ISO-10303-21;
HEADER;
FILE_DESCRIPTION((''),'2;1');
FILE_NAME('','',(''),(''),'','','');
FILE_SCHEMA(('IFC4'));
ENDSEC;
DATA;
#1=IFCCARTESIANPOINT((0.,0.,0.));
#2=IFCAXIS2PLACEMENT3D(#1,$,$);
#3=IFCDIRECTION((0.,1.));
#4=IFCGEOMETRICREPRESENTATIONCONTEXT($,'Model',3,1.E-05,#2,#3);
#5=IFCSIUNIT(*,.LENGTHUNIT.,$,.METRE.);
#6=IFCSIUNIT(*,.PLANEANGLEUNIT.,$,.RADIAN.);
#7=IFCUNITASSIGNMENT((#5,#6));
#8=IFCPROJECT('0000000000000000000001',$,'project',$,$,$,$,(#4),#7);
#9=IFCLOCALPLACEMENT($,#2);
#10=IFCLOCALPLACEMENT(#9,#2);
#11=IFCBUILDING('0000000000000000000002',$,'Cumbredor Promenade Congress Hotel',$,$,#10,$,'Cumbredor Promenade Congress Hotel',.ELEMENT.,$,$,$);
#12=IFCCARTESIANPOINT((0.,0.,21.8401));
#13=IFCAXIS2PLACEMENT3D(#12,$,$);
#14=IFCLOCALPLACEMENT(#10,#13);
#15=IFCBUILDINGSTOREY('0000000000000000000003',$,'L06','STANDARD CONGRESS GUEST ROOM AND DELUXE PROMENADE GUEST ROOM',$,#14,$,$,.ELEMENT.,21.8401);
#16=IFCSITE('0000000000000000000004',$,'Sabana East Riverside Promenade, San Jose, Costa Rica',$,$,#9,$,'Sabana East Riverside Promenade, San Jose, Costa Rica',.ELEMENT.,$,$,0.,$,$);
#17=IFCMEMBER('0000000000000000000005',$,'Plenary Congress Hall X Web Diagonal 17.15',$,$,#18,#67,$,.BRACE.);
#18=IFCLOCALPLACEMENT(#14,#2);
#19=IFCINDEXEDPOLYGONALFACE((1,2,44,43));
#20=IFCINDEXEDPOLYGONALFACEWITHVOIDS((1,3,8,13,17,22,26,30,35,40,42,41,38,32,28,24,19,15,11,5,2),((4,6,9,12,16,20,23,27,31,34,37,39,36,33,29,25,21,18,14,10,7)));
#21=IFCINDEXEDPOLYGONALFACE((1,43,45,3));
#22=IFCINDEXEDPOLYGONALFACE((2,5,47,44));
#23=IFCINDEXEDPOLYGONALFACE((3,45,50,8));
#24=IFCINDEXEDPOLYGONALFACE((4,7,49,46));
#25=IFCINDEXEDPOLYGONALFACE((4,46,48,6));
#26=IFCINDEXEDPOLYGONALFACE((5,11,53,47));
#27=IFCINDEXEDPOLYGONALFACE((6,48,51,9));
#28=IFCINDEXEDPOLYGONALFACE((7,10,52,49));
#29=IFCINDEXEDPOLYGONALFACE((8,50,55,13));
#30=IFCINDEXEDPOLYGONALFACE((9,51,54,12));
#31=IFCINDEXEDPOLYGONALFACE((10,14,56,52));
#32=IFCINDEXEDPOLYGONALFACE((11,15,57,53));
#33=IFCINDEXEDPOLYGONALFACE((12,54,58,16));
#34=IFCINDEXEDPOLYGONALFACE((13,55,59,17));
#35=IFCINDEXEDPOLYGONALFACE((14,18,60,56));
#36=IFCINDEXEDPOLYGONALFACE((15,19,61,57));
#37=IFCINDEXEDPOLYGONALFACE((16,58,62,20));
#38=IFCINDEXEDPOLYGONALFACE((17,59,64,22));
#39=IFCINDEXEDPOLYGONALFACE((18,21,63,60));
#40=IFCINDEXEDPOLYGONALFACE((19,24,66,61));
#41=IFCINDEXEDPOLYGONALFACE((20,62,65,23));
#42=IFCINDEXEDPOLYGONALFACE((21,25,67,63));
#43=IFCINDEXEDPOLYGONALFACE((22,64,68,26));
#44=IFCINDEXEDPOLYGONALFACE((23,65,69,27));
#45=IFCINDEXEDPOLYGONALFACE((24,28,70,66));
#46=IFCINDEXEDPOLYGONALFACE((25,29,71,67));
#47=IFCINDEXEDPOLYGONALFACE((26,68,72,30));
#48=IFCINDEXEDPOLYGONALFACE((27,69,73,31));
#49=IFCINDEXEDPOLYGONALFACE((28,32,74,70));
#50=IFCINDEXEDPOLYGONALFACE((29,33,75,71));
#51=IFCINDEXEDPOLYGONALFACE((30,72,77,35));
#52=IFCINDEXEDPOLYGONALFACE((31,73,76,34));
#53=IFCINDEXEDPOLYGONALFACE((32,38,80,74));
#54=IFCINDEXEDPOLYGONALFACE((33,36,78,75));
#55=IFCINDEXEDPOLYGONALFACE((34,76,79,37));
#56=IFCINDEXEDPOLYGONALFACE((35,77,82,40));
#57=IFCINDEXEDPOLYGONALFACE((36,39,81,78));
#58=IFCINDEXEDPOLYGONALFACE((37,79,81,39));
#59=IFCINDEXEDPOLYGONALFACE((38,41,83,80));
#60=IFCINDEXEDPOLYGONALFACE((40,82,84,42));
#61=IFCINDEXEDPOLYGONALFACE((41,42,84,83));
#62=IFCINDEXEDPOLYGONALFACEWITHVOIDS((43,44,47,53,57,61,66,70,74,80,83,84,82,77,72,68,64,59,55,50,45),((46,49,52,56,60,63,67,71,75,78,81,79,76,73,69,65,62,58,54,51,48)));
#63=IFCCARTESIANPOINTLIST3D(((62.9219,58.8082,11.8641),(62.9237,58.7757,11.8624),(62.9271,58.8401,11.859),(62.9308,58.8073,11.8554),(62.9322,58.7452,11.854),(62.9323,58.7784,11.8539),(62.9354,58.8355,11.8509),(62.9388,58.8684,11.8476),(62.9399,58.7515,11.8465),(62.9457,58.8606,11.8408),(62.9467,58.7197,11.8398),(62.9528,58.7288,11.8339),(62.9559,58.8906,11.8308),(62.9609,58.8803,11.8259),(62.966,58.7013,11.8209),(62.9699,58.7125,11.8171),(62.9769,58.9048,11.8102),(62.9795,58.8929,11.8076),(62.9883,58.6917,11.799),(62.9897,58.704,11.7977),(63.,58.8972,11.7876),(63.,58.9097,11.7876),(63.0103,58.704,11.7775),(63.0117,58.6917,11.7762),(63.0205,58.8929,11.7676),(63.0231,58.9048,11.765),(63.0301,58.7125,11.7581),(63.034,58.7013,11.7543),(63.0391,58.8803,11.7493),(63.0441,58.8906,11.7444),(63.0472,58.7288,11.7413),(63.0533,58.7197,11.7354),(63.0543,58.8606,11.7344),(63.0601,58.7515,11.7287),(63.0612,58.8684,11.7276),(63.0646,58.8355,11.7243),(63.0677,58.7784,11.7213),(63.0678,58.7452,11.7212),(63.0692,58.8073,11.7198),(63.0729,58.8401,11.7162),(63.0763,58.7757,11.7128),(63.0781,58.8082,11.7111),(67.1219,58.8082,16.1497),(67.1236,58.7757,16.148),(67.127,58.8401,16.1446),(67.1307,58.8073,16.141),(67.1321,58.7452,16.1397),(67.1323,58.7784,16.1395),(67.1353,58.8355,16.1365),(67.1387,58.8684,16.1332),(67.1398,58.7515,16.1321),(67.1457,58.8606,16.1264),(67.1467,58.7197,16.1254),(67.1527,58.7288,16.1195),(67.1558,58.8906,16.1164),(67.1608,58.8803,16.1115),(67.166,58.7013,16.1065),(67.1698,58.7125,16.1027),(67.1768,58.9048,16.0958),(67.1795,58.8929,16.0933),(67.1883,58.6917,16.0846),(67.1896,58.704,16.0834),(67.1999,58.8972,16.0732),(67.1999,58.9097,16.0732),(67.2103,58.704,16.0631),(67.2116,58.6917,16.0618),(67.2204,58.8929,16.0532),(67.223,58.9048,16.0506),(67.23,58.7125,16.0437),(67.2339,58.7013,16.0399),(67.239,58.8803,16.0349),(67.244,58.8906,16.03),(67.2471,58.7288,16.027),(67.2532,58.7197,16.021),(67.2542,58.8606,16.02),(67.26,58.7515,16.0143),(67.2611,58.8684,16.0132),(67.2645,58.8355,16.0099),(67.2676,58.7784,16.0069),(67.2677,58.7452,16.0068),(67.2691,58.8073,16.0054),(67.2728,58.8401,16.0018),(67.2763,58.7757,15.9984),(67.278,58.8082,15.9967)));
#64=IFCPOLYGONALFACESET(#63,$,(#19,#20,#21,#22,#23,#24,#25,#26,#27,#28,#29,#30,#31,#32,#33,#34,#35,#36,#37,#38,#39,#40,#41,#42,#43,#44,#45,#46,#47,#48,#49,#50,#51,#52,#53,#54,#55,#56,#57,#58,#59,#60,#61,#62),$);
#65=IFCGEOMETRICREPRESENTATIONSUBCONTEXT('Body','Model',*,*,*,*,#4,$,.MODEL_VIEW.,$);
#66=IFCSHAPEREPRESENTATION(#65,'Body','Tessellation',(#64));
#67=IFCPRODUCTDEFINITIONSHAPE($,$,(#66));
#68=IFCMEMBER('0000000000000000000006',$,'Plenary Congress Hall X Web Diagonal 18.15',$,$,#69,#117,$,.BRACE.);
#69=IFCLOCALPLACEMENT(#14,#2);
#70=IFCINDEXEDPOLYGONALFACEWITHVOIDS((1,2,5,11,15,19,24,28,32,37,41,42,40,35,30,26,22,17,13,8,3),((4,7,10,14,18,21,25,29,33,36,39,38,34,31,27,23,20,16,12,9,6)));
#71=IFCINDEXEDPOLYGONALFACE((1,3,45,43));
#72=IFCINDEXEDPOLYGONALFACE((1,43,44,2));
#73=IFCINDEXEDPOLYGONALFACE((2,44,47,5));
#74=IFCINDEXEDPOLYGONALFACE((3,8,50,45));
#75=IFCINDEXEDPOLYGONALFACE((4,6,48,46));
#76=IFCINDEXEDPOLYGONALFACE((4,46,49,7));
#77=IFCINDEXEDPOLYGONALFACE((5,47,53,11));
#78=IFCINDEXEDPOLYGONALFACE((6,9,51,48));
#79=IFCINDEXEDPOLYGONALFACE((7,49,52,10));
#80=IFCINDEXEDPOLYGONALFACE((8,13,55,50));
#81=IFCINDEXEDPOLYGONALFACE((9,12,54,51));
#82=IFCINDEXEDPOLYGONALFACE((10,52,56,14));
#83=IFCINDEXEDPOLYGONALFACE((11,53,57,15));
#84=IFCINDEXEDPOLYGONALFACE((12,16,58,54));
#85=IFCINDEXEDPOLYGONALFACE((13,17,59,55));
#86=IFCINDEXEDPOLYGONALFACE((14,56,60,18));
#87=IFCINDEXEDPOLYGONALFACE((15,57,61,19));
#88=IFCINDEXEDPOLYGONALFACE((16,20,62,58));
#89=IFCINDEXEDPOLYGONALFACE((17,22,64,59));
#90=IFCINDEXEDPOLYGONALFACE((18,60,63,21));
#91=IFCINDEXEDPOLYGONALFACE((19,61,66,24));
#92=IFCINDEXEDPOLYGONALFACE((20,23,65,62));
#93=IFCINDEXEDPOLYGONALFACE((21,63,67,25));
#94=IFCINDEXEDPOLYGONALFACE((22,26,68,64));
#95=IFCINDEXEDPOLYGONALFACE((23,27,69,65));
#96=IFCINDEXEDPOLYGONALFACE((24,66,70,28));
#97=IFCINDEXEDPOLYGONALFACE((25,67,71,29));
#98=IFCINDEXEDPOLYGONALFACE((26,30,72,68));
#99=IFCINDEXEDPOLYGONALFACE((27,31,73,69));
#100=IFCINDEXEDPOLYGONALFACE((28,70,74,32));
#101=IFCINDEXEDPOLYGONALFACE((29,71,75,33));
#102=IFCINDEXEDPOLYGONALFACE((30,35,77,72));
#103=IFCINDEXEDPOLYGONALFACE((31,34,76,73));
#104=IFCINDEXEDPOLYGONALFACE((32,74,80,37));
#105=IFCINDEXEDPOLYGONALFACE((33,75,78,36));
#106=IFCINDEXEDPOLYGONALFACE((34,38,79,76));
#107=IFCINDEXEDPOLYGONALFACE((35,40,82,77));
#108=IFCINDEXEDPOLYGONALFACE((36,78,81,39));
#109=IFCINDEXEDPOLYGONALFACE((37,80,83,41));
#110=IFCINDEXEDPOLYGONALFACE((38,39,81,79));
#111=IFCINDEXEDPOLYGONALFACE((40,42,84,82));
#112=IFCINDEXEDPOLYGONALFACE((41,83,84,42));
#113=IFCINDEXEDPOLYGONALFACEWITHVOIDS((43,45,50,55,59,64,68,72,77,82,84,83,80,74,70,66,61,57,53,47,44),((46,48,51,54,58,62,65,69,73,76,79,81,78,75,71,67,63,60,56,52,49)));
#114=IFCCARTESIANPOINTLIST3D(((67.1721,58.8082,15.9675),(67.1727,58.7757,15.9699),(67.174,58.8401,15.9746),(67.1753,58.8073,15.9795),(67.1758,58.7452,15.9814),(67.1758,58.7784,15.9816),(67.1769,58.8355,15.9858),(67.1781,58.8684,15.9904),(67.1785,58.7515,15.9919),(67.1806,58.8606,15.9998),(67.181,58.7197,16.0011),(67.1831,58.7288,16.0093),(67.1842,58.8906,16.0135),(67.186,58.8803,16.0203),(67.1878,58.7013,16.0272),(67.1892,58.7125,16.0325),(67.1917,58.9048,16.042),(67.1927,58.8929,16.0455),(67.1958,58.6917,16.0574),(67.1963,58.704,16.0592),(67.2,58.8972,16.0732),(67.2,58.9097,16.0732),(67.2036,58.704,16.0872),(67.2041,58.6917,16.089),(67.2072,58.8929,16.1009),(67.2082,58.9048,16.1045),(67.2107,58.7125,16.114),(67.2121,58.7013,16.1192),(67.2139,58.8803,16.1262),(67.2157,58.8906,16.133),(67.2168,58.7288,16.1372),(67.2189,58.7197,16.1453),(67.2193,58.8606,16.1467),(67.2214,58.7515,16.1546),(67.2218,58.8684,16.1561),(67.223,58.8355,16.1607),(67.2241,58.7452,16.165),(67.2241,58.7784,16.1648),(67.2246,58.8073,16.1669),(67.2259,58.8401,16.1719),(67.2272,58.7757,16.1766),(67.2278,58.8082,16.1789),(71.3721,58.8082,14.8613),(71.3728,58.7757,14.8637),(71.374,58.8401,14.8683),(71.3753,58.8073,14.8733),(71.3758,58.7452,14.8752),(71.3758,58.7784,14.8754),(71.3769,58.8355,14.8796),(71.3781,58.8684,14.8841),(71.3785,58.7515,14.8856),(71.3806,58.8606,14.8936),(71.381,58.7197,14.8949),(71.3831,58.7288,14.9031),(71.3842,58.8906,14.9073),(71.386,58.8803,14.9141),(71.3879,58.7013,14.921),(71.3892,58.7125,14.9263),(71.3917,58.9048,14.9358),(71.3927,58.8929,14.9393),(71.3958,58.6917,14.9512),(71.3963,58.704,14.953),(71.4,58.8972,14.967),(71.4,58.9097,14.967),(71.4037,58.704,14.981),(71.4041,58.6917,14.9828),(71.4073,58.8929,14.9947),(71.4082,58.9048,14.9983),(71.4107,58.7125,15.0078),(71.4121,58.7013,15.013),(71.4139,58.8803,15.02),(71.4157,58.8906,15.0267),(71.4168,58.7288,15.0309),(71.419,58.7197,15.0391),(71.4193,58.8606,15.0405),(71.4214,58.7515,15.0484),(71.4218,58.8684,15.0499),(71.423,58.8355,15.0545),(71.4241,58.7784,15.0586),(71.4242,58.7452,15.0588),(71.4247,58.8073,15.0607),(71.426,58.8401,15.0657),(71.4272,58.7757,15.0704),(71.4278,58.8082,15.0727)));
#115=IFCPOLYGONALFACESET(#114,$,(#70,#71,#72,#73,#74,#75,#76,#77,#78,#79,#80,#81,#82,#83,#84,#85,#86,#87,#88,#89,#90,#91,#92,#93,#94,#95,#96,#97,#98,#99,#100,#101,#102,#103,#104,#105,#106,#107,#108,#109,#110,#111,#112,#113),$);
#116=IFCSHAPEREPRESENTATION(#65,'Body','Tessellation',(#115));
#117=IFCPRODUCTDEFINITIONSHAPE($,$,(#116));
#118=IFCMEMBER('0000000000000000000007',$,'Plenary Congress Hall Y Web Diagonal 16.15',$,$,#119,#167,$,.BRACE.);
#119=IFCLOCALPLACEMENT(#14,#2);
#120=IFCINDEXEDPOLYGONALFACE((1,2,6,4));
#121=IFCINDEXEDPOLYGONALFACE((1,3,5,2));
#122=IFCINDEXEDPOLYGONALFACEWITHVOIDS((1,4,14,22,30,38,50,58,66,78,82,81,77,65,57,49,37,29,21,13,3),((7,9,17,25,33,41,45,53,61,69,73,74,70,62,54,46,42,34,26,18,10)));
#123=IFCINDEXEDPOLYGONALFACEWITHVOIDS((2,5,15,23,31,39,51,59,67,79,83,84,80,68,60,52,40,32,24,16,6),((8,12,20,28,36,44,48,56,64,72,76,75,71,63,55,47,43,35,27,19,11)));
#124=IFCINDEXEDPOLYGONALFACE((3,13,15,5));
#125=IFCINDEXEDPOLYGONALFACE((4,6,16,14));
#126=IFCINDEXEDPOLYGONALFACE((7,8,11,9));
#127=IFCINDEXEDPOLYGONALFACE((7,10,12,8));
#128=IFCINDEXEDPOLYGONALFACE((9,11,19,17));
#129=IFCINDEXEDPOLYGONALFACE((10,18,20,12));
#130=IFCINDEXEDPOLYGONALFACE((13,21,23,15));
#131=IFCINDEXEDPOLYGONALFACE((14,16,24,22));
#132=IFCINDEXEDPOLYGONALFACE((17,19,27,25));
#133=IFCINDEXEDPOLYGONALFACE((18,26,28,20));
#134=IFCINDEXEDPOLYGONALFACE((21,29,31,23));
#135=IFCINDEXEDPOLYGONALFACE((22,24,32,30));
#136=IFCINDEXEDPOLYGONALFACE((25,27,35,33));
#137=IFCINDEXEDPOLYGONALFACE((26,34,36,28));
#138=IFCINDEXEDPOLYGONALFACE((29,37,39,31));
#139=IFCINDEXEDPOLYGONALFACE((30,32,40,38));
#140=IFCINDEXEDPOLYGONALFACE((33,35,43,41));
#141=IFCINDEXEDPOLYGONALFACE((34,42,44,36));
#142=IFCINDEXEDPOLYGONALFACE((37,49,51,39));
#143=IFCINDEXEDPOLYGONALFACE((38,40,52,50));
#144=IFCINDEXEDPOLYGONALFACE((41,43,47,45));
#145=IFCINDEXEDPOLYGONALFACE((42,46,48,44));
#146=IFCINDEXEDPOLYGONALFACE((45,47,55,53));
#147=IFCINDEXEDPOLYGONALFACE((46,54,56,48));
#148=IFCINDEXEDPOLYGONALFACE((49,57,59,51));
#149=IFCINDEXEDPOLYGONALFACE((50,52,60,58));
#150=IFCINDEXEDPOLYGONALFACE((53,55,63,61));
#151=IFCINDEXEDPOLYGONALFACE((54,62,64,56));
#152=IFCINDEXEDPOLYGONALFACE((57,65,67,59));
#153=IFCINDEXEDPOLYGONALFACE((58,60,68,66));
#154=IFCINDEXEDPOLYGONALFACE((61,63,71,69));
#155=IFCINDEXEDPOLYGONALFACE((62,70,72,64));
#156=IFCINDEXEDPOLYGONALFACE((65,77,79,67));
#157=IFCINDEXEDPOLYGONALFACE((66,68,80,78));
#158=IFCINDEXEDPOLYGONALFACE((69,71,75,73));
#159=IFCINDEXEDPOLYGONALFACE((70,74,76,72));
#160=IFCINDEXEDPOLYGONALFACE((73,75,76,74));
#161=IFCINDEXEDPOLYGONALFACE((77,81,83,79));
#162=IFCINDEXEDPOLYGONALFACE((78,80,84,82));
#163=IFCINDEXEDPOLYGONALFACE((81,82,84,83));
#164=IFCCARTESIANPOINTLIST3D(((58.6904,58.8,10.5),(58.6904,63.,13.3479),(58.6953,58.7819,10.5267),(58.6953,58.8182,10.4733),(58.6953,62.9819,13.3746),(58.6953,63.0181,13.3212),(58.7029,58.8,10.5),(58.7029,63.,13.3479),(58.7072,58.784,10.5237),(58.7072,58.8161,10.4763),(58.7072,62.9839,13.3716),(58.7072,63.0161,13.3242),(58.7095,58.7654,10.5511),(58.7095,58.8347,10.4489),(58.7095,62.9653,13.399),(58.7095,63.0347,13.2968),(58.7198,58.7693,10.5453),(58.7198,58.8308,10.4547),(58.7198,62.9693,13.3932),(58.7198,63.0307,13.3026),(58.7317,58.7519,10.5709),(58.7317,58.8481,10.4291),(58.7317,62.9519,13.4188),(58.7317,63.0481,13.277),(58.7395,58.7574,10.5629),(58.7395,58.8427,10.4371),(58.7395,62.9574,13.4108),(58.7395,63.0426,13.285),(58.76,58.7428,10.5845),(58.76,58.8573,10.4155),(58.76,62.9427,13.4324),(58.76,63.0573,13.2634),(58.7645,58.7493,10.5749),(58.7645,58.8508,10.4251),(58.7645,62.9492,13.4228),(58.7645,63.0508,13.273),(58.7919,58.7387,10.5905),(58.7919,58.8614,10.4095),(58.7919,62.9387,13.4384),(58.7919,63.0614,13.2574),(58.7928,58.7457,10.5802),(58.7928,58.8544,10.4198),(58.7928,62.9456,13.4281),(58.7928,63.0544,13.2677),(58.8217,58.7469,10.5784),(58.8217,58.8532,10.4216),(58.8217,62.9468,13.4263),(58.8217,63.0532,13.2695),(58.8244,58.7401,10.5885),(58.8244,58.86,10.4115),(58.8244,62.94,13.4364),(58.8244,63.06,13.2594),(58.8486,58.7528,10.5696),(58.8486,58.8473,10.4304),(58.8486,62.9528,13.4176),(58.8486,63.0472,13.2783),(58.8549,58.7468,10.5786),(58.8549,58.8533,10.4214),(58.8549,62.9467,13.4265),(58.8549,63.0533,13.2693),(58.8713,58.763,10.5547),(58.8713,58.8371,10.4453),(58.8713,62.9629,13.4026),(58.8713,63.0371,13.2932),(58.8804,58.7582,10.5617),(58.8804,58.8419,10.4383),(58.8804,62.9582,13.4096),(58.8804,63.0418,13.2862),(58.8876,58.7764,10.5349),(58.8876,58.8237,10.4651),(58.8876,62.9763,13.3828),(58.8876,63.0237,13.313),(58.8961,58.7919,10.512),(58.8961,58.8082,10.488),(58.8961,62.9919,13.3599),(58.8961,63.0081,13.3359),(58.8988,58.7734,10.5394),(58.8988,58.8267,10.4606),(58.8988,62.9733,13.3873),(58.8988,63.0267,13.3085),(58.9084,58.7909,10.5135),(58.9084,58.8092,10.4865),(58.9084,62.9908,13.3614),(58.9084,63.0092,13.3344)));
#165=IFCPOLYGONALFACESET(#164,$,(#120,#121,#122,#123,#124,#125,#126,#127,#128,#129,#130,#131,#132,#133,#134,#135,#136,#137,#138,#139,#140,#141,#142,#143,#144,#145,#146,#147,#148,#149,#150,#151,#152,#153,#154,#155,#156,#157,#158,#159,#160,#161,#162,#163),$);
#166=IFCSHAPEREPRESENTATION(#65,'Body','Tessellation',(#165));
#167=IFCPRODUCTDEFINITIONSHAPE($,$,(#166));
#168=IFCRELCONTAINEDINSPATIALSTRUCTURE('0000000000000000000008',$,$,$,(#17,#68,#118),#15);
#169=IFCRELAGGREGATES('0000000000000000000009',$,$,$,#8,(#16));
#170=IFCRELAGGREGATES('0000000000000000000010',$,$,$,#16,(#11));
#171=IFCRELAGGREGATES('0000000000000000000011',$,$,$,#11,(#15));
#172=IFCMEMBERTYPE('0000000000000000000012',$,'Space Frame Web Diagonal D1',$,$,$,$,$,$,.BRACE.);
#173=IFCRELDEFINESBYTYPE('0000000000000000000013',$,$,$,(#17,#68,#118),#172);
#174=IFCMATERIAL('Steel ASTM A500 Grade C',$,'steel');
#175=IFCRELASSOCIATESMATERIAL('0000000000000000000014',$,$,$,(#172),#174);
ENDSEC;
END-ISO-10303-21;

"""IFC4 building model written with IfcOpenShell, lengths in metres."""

from ifc_helpers import new_model, si_unit, direction, frame, origin, origin_2d, place, context, subcontext, project, spatial, hollow_circle, extrude, material, material_profile, profile_set, type_object, element, save


model = new_model("IFC4")

# Units and contexts
model_context = context("Model", 3, precision=1e-05, world=origin(), true_north=direction((0.0, 1.0)))
body_context = subcontext(model_context, "Body", "Model", "MODEL_VIEW")
ifc_project = project(units=[si_unit("LENGTHUNIT", "METRE"), si_unit("PLANEANGLEUNIT", "RADIAN")], contexts=[model_context])

# Site, building, storey
site_placement = place(None, origin())
site = spatial("IfcSite", under=ifc_project, at=site_placement, Name="Sabana East Riverside Promenade, San Jose, Costa Rica", LongName="Sabana East Riverside Promenade, San Jose, Costa Rica", CompositionType="ELEMENT", RefElevation=0.0)
building_placement = place(site_placement, origin())
building = spatial("IfcBuilding", under=site, at=building_placement, Name="Cumbredor Promenade Congress Hotel", LongName="Cumbredor Promenade Congress Hotel", CompositionType="ELEMENT")
storey_placement = place(building_placement, frame((0.0, 0.0, 21.8401)))
storey = spatial("IfcBuildingStorey", under=building, at=storey_placement, Name="L06", Description="STANDARD CONGRESS GUEST ROOM AND DELUXE PROMENADE GUEST ROOM", CompositionType="ELEMENT", Elevation=21.8401)

# Members
ifc_material_1 = material(Name="Steel ASTM A500 Grade C", Category="steel")
ifc_material_profile_1 = material_profile(ifc_material_1, hollow_circle(Radius=0.1096, WallThickness=0.0125, at=origin_2d()), Name="CHS 219.1x12.5")
ifc_profile_set_1 = profile_set([ifc_material_profile_1], Name="Steel ASTM A500 Grade C")
member_type_1 = type_object("IfcMemberType", Name="Space Frame Web Diagonal D1", PredefinedType="BRACE", material=ifc_profile_set_1)
member_1_placement = place(storey_placement, frame((63.0, 58.8, 11.7876), z_axis=(0.69993, 0.0, 0.714211), x_axis=(0.0, 1.0, 0.0)))
element("IfcMember", 1, at=member_1_placement, inside=storey, type_object=member_type_1, Name="Plenary Congress Hall X Web Diagonal 17.15", PredefinedType="BRACE", context=body_context, shape_type="SweptSolid", body=[
    extrude(hollow_circle(Radius=0.1096, WallThickness=0.0125, at=origin_2d()), origin(), (0.0, 0.0, 1.0), 6.0005),
])
member_2_placement = place(storey_placement, frame((67.2, 58.8, 16.0732), z_axis=(0.967021, 0.0, -0.254698), x_axis=(0.0, 1.0, 0.0)))
element("IfcMember", 2, at=member_2_placement, inside=storey, type_object=member_type_1, Name="Plenary Congress Hall X Web Diagonal 18.15", PredefinedType="BRACE", context=body_context, shape_type="SweptSolid", body=[
    extrude(hollow_circle(Radius=0.1096, WallThickness=0.0125, at=origin_2d()), origin(), (0.0, 0.0, 1.0), 4.3433),
])
member_3_placement = place(storey_placement, frame((58.8, 58.8, 10.5), z_axis=(0.0, 0.827665, 0.561223), x_axis=(-1.0, 0.0, 0.0)))
element("IfcMember", 3, at=member_3_placement, inside=storey, type_object=member_type_1, Name="Plenary Congress Hall Y Web Diagonal 16.15", PredefinedType="BRACE", context=body_context, shape_type="SweptSolid", body=[
    extrude(hollow_circle(Radius=0.1096, WallThickness=0.0125, at=origin_2d()), origin(), (0.0, 0.0, 1.0), 5.0745),
])

save(model, "model.ifc")
